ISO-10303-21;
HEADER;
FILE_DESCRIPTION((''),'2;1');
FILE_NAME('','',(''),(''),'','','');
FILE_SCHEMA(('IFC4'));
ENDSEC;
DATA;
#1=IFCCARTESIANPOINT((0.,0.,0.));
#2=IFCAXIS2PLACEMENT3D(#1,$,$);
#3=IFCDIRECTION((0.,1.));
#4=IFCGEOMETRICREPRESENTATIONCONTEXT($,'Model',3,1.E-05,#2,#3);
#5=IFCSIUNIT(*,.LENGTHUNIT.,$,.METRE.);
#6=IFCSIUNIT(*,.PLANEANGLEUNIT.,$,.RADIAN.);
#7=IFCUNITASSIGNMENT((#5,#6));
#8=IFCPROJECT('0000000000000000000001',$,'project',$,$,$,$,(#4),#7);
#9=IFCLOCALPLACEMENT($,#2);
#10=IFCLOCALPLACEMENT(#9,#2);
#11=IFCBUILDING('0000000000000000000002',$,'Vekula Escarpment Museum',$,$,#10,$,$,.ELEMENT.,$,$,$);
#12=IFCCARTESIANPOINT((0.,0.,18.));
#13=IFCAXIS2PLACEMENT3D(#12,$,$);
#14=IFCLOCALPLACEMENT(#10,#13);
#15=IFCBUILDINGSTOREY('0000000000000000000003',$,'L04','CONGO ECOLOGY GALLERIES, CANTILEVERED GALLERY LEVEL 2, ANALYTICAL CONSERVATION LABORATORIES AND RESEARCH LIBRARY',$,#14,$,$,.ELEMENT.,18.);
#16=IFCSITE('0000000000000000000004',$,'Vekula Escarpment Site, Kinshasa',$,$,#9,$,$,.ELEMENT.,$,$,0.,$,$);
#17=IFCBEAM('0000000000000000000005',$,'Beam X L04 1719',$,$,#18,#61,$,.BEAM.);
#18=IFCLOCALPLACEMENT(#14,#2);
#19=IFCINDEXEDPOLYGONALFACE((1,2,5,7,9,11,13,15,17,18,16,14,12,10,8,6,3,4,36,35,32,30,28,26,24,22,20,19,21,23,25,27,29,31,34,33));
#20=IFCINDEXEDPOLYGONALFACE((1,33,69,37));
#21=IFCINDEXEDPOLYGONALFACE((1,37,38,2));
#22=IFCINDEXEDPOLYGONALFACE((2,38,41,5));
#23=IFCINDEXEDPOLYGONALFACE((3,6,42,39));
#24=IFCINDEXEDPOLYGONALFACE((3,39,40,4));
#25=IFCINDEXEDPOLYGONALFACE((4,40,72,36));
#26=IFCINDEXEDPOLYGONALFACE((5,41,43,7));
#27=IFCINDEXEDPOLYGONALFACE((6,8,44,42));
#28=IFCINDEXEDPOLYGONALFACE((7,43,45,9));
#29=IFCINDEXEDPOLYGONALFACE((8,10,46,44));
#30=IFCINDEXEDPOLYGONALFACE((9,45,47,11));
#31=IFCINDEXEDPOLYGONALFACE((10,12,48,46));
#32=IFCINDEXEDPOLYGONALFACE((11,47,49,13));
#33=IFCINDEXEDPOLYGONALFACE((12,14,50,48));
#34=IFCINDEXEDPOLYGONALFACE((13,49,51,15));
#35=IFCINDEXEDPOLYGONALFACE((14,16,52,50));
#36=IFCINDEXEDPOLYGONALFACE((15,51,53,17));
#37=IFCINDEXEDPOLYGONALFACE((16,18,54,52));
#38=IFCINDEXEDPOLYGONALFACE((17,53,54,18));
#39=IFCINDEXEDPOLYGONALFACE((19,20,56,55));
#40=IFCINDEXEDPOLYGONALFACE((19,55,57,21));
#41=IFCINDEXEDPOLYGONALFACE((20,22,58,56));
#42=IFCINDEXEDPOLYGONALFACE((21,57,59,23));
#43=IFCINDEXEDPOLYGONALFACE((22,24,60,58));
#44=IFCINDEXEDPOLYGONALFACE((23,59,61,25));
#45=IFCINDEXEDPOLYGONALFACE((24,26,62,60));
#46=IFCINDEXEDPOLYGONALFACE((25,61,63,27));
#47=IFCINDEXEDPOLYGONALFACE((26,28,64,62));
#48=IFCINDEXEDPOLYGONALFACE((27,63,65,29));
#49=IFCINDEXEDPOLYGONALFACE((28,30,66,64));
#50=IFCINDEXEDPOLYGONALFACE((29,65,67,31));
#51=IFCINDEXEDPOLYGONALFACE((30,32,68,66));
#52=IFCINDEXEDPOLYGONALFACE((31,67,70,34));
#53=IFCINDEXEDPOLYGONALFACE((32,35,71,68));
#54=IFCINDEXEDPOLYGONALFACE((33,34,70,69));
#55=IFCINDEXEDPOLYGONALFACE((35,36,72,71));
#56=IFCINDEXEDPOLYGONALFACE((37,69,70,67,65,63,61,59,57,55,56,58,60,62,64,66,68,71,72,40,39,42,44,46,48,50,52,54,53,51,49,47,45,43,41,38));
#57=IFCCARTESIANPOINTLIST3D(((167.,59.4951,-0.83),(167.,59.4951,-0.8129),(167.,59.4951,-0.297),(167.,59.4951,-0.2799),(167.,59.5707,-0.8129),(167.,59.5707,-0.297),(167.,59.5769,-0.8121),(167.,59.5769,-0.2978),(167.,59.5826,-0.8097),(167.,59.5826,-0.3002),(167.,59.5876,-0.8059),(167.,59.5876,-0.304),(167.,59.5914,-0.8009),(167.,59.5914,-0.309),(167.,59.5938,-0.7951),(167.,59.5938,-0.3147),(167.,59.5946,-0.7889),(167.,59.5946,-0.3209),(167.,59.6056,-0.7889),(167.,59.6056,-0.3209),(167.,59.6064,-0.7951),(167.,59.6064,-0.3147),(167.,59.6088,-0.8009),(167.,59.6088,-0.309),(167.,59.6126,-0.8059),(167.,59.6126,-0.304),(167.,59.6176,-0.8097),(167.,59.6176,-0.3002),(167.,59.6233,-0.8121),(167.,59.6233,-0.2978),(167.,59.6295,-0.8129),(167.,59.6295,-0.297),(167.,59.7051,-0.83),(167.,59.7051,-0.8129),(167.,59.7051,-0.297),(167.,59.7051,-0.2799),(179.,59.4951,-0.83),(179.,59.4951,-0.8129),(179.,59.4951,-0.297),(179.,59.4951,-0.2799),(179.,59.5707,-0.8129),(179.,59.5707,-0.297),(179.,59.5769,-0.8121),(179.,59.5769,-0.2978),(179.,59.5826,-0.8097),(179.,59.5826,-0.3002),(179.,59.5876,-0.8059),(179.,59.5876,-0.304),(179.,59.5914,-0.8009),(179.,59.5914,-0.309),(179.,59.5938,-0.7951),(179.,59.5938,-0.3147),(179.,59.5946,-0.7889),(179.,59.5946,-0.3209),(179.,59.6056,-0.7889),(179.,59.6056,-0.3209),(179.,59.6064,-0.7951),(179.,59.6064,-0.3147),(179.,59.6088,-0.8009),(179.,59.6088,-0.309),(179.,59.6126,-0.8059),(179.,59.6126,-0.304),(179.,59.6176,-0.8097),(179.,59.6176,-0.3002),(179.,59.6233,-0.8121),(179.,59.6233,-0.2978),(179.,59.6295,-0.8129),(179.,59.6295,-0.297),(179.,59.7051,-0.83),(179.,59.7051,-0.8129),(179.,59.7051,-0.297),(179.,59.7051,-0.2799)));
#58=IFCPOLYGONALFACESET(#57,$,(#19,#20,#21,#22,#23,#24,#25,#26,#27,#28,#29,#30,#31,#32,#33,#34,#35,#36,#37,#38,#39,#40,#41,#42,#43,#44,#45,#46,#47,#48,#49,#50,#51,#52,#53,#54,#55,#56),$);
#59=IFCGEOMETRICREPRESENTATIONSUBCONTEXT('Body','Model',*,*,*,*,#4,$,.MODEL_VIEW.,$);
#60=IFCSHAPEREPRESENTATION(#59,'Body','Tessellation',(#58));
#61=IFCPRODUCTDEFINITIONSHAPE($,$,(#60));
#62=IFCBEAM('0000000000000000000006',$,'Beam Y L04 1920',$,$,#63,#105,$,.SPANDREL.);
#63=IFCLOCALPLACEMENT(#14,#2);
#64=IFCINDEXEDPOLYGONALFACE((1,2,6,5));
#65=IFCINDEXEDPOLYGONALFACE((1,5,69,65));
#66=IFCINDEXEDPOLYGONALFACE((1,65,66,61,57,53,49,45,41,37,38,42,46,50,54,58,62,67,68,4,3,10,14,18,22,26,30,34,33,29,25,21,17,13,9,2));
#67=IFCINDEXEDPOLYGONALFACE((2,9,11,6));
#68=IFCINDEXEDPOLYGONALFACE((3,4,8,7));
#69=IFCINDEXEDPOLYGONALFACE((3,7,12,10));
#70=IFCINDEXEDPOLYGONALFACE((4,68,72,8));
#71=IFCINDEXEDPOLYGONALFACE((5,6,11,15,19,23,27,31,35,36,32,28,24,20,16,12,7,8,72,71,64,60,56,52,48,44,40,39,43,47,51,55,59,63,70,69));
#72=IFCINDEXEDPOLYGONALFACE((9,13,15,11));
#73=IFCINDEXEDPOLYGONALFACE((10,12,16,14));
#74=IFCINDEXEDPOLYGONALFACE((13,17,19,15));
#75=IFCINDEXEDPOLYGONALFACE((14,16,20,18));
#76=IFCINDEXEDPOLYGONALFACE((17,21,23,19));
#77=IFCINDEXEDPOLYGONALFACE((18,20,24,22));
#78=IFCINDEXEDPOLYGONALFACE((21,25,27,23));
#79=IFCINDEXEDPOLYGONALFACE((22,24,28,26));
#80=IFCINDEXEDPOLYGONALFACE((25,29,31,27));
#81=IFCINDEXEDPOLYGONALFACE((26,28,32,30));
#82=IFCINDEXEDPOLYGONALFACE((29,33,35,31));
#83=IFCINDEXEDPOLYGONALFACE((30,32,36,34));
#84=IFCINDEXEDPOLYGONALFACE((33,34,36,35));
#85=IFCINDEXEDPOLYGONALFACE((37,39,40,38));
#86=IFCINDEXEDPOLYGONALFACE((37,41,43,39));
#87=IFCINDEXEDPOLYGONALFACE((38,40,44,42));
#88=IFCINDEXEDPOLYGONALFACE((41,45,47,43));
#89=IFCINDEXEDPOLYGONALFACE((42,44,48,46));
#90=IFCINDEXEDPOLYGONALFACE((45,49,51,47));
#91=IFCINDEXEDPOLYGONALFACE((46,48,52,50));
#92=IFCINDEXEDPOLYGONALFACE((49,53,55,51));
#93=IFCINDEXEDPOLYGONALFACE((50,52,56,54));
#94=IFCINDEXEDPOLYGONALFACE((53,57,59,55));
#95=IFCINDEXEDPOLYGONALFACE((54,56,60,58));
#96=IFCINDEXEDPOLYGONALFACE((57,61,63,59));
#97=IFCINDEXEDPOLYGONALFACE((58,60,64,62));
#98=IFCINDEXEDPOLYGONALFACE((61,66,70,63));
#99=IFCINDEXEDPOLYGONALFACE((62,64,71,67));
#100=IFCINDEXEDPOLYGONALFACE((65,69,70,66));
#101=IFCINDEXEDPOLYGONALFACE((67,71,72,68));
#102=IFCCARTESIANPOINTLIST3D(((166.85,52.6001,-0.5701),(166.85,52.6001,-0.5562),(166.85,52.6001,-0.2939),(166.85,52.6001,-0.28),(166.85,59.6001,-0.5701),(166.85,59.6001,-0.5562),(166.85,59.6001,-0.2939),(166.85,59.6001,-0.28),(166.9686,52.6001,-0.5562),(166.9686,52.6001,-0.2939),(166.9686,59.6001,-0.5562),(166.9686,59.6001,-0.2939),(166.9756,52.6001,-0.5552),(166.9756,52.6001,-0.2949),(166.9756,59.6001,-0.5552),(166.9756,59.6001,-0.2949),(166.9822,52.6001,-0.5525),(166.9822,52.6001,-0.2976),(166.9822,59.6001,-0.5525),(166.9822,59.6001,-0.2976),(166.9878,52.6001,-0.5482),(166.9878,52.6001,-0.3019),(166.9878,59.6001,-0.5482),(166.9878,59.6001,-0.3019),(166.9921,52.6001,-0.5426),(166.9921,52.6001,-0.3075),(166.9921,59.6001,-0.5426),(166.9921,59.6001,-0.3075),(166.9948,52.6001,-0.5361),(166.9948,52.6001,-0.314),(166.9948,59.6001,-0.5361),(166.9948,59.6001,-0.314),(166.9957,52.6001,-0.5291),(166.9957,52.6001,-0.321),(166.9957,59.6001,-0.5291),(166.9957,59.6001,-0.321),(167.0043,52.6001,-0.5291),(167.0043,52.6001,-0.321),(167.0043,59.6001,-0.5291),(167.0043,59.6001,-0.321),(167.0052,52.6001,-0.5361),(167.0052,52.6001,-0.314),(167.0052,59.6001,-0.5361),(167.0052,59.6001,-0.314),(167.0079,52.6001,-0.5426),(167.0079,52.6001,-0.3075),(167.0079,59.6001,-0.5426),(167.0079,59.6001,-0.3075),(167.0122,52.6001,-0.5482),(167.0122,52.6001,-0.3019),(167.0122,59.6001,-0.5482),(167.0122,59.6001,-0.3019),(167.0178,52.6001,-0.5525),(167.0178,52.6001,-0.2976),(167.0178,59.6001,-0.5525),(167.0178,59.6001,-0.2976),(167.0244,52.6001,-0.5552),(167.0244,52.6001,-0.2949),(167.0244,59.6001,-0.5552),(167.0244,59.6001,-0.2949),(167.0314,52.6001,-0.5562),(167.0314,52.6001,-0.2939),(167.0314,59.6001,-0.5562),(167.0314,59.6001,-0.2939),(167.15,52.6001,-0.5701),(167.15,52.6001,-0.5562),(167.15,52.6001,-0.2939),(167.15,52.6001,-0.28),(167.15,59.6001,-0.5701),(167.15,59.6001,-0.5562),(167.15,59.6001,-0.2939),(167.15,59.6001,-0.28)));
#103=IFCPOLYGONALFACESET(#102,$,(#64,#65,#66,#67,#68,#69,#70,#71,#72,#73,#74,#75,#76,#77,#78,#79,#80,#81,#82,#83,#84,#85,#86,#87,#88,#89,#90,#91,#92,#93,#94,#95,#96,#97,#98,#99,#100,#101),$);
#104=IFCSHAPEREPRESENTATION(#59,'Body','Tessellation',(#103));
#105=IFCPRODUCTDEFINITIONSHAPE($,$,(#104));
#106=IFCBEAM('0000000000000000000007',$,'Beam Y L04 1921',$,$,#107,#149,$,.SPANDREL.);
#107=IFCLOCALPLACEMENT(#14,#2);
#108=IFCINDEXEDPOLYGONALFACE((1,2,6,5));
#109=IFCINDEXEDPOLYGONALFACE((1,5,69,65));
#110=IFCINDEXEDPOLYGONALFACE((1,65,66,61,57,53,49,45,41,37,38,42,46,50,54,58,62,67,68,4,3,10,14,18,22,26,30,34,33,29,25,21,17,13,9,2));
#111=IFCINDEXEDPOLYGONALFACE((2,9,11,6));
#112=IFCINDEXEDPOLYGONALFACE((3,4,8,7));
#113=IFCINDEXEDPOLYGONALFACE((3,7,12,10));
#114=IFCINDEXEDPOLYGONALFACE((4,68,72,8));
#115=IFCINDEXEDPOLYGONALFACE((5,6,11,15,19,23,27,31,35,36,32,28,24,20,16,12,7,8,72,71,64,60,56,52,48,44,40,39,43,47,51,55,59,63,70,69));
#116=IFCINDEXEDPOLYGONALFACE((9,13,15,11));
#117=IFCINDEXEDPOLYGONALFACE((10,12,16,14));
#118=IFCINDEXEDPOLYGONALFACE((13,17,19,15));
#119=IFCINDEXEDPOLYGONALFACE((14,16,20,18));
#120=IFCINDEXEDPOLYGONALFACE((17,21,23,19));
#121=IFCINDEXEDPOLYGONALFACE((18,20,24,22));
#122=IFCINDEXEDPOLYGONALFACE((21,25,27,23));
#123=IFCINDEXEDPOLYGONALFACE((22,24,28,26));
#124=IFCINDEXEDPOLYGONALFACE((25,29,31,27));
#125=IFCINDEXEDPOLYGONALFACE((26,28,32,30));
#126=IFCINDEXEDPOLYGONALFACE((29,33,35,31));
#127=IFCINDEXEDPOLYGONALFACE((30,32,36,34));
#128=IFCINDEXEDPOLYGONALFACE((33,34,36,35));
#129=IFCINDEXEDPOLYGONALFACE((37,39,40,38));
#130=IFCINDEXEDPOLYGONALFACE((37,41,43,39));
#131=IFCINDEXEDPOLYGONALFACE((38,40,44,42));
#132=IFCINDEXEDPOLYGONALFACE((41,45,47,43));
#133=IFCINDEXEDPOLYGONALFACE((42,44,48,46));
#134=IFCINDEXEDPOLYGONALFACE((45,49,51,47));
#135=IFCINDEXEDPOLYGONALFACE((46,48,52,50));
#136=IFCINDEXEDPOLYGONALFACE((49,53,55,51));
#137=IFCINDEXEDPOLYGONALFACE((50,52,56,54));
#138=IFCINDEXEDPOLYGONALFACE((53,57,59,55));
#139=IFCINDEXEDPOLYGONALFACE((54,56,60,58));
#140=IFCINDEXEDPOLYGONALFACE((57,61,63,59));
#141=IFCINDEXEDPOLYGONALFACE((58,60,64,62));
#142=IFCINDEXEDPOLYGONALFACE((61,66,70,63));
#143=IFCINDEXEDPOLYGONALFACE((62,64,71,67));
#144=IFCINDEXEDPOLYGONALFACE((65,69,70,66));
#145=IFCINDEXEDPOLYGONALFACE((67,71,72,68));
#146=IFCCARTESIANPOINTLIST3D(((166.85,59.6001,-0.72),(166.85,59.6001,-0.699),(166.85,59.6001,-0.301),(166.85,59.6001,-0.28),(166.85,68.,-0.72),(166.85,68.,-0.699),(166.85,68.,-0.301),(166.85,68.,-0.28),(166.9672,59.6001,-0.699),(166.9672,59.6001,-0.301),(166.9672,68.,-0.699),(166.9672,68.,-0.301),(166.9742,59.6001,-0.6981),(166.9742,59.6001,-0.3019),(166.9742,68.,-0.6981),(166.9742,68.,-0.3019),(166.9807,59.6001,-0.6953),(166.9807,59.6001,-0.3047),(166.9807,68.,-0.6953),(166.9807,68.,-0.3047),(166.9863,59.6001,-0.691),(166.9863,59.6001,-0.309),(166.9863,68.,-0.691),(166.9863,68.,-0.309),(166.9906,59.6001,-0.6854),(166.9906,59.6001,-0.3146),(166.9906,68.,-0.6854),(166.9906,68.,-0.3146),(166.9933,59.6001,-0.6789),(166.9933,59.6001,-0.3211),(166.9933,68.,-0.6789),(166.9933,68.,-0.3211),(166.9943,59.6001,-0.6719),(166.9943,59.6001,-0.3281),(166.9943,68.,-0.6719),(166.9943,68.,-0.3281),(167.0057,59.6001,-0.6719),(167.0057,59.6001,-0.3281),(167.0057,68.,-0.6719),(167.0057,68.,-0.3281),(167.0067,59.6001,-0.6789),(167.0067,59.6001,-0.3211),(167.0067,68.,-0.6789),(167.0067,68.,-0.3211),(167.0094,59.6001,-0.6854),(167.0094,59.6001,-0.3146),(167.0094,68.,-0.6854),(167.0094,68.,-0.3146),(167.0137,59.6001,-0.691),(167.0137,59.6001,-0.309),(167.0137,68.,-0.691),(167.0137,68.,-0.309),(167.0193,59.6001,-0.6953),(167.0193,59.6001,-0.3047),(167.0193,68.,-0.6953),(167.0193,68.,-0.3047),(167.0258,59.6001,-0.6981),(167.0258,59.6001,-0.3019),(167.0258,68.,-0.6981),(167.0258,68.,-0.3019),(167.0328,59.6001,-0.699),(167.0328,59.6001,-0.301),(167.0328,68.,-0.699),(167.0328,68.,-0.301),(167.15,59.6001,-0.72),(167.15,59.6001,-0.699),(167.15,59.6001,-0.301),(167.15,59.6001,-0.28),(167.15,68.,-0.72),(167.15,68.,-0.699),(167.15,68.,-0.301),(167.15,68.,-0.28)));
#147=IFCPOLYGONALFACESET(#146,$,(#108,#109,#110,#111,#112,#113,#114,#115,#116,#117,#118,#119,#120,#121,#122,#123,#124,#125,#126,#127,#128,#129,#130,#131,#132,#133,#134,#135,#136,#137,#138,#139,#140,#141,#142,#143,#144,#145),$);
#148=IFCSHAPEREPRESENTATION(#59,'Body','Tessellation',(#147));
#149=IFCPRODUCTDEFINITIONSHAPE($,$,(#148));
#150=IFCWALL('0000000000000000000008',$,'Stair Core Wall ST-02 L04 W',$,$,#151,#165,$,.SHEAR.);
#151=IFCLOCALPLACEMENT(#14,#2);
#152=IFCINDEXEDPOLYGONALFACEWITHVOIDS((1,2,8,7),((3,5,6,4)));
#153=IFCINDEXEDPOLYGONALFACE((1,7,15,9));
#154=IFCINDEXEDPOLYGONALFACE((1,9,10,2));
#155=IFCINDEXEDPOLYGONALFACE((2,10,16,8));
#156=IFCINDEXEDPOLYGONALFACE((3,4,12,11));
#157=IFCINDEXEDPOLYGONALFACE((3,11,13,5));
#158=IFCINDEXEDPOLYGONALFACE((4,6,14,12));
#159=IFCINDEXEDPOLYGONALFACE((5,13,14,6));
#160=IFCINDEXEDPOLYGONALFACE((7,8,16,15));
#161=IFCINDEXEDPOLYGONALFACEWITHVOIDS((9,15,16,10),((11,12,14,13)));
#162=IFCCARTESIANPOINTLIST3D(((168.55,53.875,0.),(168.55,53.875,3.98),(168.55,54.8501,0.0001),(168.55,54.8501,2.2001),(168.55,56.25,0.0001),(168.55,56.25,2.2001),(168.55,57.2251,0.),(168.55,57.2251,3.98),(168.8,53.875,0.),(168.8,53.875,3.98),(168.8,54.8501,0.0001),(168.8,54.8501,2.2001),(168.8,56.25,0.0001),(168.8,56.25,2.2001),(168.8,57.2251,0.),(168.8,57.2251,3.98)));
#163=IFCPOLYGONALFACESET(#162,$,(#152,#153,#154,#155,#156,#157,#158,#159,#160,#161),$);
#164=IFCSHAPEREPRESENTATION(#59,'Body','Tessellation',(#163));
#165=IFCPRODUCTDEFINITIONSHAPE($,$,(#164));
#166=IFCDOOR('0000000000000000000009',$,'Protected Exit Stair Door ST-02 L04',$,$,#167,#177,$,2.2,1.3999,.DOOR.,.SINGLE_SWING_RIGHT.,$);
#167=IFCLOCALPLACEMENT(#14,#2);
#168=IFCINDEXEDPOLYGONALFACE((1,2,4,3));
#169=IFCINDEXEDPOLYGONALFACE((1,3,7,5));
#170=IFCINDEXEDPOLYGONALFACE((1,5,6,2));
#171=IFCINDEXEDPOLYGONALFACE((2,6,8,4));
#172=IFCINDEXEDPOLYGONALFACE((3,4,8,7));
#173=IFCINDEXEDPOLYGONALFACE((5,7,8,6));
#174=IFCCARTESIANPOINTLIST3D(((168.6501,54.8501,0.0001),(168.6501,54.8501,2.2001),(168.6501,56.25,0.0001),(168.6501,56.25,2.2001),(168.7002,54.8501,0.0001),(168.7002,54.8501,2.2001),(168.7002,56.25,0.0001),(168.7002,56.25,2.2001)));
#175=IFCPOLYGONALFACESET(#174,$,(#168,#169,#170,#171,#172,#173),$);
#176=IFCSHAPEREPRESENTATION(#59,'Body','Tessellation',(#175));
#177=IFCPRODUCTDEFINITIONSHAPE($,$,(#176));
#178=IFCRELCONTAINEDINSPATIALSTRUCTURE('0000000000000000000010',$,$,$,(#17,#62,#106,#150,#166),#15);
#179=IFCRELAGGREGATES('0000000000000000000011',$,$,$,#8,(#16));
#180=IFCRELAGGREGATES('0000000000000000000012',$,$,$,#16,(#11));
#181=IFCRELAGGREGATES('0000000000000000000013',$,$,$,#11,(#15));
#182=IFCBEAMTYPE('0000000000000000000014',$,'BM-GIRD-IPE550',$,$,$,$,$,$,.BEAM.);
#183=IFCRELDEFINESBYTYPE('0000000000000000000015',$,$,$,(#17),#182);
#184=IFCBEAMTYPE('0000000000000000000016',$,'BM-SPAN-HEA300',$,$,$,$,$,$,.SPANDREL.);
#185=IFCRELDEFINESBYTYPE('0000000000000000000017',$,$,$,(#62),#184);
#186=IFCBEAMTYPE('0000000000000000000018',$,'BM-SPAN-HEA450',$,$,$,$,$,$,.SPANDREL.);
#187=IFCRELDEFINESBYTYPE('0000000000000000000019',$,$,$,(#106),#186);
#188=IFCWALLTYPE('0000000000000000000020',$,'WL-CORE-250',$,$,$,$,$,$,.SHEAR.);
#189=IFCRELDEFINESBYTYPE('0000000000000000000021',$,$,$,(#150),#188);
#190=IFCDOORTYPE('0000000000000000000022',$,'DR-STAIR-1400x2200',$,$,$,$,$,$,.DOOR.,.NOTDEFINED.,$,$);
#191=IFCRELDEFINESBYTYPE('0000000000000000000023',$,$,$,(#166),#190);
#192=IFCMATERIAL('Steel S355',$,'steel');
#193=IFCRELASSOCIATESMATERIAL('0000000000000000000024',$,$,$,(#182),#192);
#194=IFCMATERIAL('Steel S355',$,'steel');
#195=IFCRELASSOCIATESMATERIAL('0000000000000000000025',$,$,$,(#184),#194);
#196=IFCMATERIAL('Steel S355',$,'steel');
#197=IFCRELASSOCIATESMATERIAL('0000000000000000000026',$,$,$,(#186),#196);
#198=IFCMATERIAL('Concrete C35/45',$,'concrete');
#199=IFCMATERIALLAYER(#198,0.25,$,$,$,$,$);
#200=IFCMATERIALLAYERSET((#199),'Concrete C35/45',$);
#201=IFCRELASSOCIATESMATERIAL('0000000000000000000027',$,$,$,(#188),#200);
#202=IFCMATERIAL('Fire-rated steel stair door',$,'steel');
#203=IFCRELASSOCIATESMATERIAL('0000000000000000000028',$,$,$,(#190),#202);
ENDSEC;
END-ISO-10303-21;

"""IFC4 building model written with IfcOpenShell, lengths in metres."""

from ifc_helpers import new_model, si_unit, direction, frame, frame_2d, origin, origin_2d, place, context, subcontext, project, spatial, rectangle, i_section, extrude, material, layer, layer_set, material_profile, profile_set, type_object, element, fill, save


model = new_model("IFC4")

# Units and contexts
model_context = context("Model", 3, precision=1e-05, world=origin(), true_north=direction((0.0, 1.0)))
body_context = subcontext(model_context, "Body", "Model", "MODEL_VIEW")
ifc_project = project(units=[si_unit("LENGTHUNIT", "METRE"), si_unit("PLANEANGLEUNIT", "RADIAN")], contexts=[model_context])

# Site, building, storey
site_placement = place(None, origin())
site = spatial("IfcSite", under=ifc_project, at=site_placement, Name="Vekula Escarpment Site, Kinshasa", CompositionType="ELEMENT", RefElevation=0.0)
building_placement = place(site_placement, origin())
building = spatial("IfcBuilding", under=site, at=building_placement, Name="Vekula Escarpment Museum", CompositionType="ELEMENT")
storey_placement = place(building_placement, frame((0.0, 0.0, 18.0)))
storey = spatial("IfcBuildingStorey", under=building, at=storey_placement, Name="L04", Description="CONGO ECOLOGY GALLERIES, CANTILEVERED GALLERY LEVEL 2, ANALYTICAL CONSERVATION LABORATORIES AND RESEARCH LIBRARY", CompositionType="ELEMENT", Elevation=18.0)

# Beams
ifc_material_1 = material(Name="Steel S355", Category="steel")
ifc_material_profile_1 = material_profile(ifc_material_1, i_section(OverallWidth=0.21, OverallDepth=0.55, WebThickness=0.011, FlangeThickness=0.0171, FilletRadius=0.0239, at=origin_2d()), Name="IPE 550")
ifc_profile_set_1 = profile_set([ifc_material_profile_1], Name="Steel S355")
beam_type_1 = type_object("IfcBeamType", Name="BM-GIRD-IPE550", PredefinedType="BEAM", material=ifc_profile_set_1)
for number, where, z_axis, x_axis, name in (
    (1, (167.0, 59.6001, -0.5549), (1.0, 0.0, 0.0), (0.0, 1.0, 0.0), "Beam X L04 1719"),
):
    element("IfcBeam", number, at=place(storey_placement, frame(where, z_axis=z_axis, x_axis=x_axis)), inside=storey, type_object=beam_type_1, Name=name, PredefinedType="BEAM", context=body_context, shape_type="SweptSolid", body=[
        extrude(i_section(OverallWidth=0.21, OverallDepth=0.55, WebThickness=0.011, FlangeThickness=0.0171, FilletRadius=0.0239, at=origin_2d()), origin(), (0.0, 0.0, 1.0), 12.0),
    ])
ifc_material_2 = material(Name="Steel S355", Category="steel")
ifc_material_profile_2 = material_profile(ifc_material_2, i_section(OverallWidth=0.3, OverallDepth=0.29, WebThickness=0.0085, FlangeThickness=0.0139, FilletRadius=0.0271, at=origin_2d()), Name="HEA 300")
ifc_profile_set_2 = profile_set([ifc_material_profile_2], Name="Steel S355")
beam_type_2 = type_object("IfcBeamType", Name="BM-SPAN-HEA300", PredefinedType="SPANDREL", material=ifc_profile_set_2)
beam_1_placement = place(storey_placement, frame((167.0, 52.6001, -0.425), z_axis=(0.0, 1.0, 0.0), x_axis=(-1.0, 0.0, 0.0)))
element("IfcBeam", 2, at=beam_1_placement, inside=storey, type_object=beam_type_2, Name="Beam Y L04 1920", PredefinedType="SPANDREL", context=body_context, shape_type="SweptSolid", body=[
    extrude(i_section(OverallWidth=0.3, OverallDepth=0.29, WebThickness=0.0085, FlangeThickness=0.0139, FilletRadius=0.0271, at=origin_2d()), origin(), (0.0, 0.0, 1.0), 7.0),
])
ifc_material_3 = material(Name="Steel S355", Category="steel")
ifc_material_profile_3 = material_profile(ifc_material_3, i_section(OverallWidth=0.3, OverallDepth=0.4399, WebThickness=0.0115, FlangeThickness=0.021, FilletRadius=0.0271, at=origin_2d()), Name="HEA 450")
ifc_profile_set_3 = profile_set([ifc_material_profile_3], Name="Steel S355")
beam_type_3 = type_object("IfcBeamType", Name="BM-SPAN-HEA450", PredefinedType="SPANDREL", material=ifc_profile_set_3)
beam_2_placement = place(storey_placement, frame((167.0, 59.6001, -0.5), z_axis=(0.0, 1.0, 0.0), x_axis=(-1.0, 0.0, 0.0)))
element("IfcBeam", 3, at=beam_2_placement, inside=storey, type_object=beam_type_3, Name="Beam Y L04 1921", PredefinedType="SPANDREL", context=body_context, shape_type="SweptSolid", body=[
    extrude(i_section(OverallWidth=0.3, OverallDepth=0.4399, WebThickness=0.0115, FlangeThickness=0.021, FilletRadius=0.0271, at=origin_2d()), origin(), (0.0, 0.0, 1.0), 8.3999),
])

# Wall, opening, door
ifc_material_4 = material(Name="Concrete C35/45", Category="concrete")
ifc_layer_1 = layer(ifc_material_4, 0.25)
ifc_layer_set_1 = layer_set([ifc_layer_1], Name="Concrete C35/45")
wall_type_1 = type_object("IfcWallType", Name="WL-CORE-250", PredefinedType="SHEAR", material=ifc_layer_set_1)
wall_1_placement = place(storey_placement, frame((168.675, 53.875, 0.0), z_axis=(0.0, 0.0, 1.0), x_axis=(0.0, 1.0, 0.0)))
wall_1 = element("IfcWall", 4, at=wall_1_placement, inside=storey, type_object=wall_type_1, Name="Stair Core Wall ST-02 L04 W", PredefinedType="SHEAR", context=body_context, shape_type="SweptSolid", body=[
    extrude(rectangle(XDim=3.3501, YDim=0.25, at=frame_2d((1.675, 0.0))), origin(), (0.0, 0.0, 1.0), 3.98),
])
opening_1_placement = place(wall_1_placement, frame((0.9751, 0.0, 0.0)))
opening_1 = element("IfcOpeningElement", 5, at=opening_1_placement, cuts=wall_1, PredefinedType="OPENING", context=body_context, shape_type="SweptSolid", body=[
    extrude(rectangle(XDim=1.3999, YDim=2.2, at=frame_2d((0.7, 1.1001))), frame((0.0, 0.135, 0.0), z_axis=(0.0, -1.0, 0.0), x_axis=(1.0, 0.0, 0.0)), (0.0, 0.0, 1.0), 0.27),
])
ifc_material_5 = material(Name="Fire-rated steel stair door", Category="steel")
door_type = type_object("IfcDoorType", Name="DR-STAIR-1400x2200", OperationType="NOTDEFINED", PredefinedType="DOOR", material=ifc_material_5)
door_placement = place(opening_1_placement, origin())
door = element("IfcDoor", 6, at=door_placement, inside=storey, type_object=door_type, Name="Protected Exit Stair Door ST-02 L04", OperationType="SINGLE_SWING_RIGHT", OverallHeight=2.2, OverallWidth=1.3999, PredefinedType="DOOR", context=body_context, shape_type="SweptSolid", body=[
    extrude(rectangle(XDim=1.3999, YDim=2.2, at=frame_2d((0.7, 1.1001))), frame((0.0, 0.0249, 0.0), z_axis=(0.0, -1.0, 0.0), x_axis=(1.0, 0.0, 0.0)), (0.0, 0.0, 1.0), 0.05),
])
fill(opening_1, door)

save(model, "model.ifc")
